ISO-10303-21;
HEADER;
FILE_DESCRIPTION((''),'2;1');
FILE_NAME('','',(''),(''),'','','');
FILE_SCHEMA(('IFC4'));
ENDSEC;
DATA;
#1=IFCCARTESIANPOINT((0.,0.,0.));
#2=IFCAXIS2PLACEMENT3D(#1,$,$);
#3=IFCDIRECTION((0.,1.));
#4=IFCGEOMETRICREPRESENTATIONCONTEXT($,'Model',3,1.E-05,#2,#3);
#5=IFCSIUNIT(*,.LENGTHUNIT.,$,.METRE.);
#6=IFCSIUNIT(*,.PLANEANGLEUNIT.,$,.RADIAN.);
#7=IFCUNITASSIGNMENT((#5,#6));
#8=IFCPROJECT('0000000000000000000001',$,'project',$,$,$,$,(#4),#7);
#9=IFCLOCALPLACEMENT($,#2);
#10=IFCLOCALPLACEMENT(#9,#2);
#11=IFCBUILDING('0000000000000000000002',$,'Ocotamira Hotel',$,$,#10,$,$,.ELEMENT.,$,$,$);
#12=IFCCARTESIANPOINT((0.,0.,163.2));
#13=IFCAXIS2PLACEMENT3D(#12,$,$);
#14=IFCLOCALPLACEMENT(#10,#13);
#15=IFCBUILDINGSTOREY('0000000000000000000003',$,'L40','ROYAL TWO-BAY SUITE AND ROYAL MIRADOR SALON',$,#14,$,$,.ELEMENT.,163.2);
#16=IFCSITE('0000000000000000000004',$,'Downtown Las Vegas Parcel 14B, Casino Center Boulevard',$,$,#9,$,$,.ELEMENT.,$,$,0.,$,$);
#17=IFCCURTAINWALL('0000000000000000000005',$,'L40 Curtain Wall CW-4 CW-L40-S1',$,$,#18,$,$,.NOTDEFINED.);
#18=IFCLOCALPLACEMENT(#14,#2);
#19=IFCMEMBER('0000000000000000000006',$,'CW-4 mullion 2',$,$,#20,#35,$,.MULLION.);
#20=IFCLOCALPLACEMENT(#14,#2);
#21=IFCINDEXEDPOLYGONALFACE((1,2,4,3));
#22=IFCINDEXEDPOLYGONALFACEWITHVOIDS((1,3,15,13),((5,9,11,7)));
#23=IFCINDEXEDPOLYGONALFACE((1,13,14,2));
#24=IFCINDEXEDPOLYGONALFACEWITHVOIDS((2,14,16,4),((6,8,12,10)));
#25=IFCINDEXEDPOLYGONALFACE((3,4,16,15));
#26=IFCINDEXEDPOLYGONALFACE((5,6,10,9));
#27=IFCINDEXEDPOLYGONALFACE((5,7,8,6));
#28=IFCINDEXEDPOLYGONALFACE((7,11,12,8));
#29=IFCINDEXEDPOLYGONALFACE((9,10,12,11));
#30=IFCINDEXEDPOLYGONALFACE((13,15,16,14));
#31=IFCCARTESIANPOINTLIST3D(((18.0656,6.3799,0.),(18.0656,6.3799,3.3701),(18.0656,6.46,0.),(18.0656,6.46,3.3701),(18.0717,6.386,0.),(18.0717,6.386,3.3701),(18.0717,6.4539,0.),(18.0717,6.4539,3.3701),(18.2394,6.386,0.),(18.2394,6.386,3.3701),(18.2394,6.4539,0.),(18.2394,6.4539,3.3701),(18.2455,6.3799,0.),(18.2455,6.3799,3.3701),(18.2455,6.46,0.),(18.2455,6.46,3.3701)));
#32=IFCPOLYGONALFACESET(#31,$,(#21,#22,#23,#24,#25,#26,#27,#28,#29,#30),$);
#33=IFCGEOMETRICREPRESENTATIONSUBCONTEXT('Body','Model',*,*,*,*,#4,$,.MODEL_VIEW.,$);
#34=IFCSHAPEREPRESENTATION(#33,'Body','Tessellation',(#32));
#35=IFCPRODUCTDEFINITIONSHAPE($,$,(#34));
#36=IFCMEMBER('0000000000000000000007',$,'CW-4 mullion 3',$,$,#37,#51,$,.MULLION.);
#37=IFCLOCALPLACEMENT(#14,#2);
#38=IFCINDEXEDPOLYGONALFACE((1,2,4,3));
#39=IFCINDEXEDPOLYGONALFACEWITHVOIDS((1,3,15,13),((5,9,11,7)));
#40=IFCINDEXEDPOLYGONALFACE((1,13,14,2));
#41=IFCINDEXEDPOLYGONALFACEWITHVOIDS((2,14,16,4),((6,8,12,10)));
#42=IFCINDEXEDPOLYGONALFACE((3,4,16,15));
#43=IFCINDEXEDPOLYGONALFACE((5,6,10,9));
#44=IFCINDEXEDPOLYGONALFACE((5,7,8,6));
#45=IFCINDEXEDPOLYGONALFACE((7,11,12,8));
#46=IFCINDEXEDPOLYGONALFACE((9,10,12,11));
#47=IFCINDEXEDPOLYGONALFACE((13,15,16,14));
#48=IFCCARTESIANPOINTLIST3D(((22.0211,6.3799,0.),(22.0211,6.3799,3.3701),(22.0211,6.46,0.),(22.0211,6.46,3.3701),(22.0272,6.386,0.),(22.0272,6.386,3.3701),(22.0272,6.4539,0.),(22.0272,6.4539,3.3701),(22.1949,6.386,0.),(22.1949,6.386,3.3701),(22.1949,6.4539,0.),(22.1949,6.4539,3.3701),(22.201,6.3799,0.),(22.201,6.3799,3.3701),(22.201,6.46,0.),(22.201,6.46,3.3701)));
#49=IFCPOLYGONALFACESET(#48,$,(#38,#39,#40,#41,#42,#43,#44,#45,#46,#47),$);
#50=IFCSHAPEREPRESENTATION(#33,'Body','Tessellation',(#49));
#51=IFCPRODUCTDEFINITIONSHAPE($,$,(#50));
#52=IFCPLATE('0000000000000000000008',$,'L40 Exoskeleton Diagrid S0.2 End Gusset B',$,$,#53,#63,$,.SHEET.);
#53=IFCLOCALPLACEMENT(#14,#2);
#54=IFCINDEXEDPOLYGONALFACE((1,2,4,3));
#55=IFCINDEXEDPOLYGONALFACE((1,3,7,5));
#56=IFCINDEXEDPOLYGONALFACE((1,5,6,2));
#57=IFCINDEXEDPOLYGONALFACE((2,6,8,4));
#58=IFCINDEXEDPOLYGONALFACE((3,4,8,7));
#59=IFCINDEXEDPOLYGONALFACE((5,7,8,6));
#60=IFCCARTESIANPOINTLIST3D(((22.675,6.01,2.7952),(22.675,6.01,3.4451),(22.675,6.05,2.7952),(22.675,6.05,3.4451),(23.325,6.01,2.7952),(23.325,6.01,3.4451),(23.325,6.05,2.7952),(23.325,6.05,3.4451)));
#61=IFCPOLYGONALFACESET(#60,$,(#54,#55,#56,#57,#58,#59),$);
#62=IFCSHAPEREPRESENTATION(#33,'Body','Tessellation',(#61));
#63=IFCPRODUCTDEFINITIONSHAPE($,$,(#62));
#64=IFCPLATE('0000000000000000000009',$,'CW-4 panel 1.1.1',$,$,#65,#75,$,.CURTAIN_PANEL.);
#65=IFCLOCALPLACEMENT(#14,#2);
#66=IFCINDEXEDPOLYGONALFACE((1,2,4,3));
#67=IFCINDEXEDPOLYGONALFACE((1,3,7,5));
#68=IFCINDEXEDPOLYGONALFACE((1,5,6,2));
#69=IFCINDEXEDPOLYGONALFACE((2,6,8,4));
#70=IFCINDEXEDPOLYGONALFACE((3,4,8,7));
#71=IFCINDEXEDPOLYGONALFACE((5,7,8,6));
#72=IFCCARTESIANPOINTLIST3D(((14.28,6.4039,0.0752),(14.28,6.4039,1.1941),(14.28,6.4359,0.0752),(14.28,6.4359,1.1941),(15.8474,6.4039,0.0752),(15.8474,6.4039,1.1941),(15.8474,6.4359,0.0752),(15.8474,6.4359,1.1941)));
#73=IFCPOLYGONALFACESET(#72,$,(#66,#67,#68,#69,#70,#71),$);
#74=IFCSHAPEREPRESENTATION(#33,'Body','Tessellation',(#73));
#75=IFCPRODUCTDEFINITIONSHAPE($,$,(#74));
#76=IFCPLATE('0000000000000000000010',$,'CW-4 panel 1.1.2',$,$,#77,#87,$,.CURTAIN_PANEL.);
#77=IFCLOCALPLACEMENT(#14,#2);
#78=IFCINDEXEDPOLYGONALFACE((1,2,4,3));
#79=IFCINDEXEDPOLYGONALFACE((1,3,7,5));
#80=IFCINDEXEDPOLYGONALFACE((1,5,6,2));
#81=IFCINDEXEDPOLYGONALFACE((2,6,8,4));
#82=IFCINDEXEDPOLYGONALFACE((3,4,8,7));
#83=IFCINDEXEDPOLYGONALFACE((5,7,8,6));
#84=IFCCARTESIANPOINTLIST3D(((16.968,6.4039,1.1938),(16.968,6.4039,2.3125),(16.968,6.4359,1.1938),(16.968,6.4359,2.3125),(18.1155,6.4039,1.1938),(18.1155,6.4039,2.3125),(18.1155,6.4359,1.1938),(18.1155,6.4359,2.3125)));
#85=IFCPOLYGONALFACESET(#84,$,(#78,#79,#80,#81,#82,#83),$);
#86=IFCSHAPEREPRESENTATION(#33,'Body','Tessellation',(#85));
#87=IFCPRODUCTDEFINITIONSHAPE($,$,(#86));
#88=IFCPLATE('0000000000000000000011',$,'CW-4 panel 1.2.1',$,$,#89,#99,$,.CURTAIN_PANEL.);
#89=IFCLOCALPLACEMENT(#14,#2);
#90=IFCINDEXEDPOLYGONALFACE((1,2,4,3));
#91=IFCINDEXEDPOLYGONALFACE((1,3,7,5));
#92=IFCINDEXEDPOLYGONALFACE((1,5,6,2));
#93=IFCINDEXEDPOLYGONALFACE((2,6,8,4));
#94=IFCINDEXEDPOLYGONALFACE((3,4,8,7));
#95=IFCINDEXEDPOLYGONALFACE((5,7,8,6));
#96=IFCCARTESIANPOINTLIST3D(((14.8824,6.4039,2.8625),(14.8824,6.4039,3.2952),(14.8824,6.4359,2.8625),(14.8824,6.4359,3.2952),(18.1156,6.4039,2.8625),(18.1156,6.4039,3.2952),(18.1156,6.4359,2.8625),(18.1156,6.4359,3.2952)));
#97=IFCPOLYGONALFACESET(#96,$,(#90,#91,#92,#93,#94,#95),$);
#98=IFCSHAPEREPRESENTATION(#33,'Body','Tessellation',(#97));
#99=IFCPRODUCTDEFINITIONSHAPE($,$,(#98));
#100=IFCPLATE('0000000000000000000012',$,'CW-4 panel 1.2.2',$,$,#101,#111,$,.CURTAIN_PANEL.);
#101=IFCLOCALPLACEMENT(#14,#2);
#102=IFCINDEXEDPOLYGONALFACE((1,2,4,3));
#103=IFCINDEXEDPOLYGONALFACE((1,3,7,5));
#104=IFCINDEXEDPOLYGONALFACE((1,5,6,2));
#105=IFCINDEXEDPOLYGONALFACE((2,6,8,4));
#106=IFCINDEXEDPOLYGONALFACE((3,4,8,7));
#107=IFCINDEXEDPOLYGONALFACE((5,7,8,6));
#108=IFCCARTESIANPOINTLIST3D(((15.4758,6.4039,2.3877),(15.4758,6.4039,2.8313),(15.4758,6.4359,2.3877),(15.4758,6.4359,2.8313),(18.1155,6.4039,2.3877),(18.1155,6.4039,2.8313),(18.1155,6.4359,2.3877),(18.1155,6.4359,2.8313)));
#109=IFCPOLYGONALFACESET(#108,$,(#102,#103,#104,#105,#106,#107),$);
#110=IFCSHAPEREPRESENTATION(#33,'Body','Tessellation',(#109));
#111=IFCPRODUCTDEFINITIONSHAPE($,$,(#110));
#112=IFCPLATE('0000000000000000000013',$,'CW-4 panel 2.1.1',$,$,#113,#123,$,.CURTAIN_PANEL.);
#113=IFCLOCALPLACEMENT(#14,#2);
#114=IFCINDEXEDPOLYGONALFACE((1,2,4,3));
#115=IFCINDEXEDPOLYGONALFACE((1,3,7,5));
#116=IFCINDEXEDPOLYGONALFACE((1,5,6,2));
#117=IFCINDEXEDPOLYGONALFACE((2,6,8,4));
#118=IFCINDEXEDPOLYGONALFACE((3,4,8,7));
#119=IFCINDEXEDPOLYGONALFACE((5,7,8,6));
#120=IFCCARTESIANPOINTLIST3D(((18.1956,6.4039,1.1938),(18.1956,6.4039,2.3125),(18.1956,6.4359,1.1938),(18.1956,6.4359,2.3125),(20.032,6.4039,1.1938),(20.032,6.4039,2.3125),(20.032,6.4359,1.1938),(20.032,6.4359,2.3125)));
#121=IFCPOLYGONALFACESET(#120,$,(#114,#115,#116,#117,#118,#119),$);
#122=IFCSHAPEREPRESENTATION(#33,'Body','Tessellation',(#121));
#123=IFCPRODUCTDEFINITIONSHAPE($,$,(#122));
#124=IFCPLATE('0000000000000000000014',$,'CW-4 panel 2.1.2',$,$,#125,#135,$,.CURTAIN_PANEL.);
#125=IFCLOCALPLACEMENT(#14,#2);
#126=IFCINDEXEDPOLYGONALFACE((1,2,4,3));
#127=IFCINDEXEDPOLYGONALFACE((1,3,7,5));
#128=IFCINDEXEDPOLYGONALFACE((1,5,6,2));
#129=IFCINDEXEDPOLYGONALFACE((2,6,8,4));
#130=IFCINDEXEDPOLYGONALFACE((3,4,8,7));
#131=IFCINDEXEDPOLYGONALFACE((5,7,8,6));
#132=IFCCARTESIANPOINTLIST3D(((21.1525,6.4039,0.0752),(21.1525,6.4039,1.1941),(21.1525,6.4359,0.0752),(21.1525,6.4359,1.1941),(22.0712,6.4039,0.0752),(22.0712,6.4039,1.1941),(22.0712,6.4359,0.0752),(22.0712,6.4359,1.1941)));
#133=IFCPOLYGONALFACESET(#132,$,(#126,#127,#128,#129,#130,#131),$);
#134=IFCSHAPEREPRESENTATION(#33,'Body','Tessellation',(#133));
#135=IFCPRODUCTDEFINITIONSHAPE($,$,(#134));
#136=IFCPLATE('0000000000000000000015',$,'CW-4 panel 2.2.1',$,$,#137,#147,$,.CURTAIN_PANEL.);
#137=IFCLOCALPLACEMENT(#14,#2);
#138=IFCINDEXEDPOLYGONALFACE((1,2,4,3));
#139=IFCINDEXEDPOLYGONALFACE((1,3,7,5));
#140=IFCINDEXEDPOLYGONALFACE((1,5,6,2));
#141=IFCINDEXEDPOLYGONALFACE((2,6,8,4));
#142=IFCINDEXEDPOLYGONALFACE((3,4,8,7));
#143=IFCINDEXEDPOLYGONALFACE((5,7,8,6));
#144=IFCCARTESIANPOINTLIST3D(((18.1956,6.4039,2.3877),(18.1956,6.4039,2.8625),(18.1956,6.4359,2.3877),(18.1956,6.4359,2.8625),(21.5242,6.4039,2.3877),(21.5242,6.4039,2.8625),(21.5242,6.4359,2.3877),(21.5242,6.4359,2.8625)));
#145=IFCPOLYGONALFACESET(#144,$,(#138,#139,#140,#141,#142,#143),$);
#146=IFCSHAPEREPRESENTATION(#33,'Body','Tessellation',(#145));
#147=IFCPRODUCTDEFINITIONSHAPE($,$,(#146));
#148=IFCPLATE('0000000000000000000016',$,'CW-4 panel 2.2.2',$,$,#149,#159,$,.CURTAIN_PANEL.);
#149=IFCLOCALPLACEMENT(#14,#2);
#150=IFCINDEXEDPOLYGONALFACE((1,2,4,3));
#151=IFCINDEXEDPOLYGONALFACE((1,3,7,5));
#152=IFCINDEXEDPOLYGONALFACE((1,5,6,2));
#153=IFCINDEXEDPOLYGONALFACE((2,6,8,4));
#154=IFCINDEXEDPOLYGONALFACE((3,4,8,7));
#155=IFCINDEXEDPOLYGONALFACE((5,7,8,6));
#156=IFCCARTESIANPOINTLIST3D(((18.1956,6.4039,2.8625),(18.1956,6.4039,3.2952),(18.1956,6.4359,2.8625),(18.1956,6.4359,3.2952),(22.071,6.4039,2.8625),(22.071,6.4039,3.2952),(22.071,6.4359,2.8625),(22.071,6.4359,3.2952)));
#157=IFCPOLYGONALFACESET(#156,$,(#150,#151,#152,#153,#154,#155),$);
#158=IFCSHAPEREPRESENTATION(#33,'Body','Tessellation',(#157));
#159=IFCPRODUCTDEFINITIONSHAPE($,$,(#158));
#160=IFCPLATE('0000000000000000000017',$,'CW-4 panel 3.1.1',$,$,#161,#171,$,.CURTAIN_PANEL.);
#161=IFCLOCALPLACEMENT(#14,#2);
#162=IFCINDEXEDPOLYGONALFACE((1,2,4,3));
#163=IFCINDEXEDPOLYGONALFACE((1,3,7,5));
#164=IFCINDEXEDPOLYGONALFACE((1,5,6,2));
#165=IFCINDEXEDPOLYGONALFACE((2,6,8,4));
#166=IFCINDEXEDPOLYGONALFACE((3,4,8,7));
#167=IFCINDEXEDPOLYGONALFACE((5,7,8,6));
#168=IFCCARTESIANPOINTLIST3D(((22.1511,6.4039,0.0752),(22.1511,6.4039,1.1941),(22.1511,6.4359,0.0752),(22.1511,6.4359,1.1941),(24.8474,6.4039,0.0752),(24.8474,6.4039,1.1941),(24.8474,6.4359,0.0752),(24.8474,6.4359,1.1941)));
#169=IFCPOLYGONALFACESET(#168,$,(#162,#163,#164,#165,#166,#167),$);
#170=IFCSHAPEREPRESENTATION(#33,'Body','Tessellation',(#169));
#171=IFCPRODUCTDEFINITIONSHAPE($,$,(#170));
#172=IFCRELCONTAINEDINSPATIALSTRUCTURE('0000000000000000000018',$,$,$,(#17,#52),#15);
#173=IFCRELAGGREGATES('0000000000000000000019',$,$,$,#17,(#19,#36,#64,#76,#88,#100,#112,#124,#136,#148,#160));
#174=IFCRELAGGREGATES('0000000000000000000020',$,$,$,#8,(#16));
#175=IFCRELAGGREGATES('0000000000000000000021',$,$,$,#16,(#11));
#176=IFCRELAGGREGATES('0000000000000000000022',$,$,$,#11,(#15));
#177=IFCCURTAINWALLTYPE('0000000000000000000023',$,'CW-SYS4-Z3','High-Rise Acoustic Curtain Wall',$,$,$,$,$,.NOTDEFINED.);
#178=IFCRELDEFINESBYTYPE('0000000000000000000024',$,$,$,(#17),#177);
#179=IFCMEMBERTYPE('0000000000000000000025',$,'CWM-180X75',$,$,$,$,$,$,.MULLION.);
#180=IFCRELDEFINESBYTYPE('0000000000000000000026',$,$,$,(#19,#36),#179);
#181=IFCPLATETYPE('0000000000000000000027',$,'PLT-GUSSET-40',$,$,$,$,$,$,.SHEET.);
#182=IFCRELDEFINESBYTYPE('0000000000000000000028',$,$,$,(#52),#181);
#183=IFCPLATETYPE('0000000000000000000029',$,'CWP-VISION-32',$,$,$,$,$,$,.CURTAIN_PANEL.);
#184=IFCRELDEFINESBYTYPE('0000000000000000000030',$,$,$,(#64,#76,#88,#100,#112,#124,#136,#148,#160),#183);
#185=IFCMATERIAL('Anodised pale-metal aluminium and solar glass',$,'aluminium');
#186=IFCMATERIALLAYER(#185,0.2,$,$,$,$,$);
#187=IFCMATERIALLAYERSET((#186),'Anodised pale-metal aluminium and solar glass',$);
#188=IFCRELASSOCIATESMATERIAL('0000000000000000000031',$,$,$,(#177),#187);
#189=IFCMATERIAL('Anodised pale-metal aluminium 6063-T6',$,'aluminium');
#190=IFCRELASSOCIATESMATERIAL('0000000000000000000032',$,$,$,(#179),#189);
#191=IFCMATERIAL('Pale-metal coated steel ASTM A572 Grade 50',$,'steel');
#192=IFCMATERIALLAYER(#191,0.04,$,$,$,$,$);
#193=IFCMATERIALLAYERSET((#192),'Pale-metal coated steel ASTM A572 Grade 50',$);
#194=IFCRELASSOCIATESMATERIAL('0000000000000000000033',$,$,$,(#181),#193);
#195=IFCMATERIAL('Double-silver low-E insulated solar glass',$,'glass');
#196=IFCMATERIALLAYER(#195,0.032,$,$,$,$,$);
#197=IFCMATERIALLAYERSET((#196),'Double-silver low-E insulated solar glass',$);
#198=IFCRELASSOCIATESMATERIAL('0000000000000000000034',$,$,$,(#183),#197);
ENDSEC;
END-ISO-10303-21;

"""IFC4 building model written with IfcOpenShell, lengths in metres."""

from ifc_helpers import new_model, si_unit, direction, frame, origin, origin_2d, place, context, subcontext, project, spatial, rectangle, hollow_rectangle, extrude, source, transform, mapped, material, layer, layer_set, material_profile, profile_set, type_object, element, aggregate, save


model = new_model("IFC4")

# Units and contexts
model_context = context("Model", 3, precision=1e-05, world=origin(), true_north=direction((0.0, 1.0)))
body_context = subcontext(model_context, "Body", "Model", "MODEL_VIEW")
ifc_project = project(units=[si_unit("LENGTHUNIT", "METRE"), si_unit("PLANEANGLEUNIT", "RADIAN")], contexts=[model_context])

# Site, building, storey
site_placement = place(None, origin())
site = spatial("IfcSite", under=ifc_project, at=site_placement, Name="Downtown Las Vegas Parcel 14B, Casino Center Boulevard", CompositionType="ELEMENT", RefElevation=0.0)
building_placement = place(site_placement, origin())
building = spatial("IfcBuilding", under=site, at=building_placement, Name="Ocotamira Hotel", CompositionType="ELEMENT")
storey_placement = place(building_placement, frame((0.0, 0.0, 163.2)))
storey = spatial("IfcBuildingStorey", under=building, at=storey_placement, Name="L40", Description="ROYAL TWO-BAY SUITE AND ROYAL MIRADOR SALON", CompositionType="ELEMENT", Elevation=163.2)

# Curtain wall, members
ifc_material_1 = material(Name="Anodised pale-metal aluminium and solar glass", Category="aluminium")
ifc_layer_1 = layer(ifc_material_1, 0.2)
ifc_layer_set_1 = layer_set([ifc_layer_1], Name="Anodised pale-metal aluminium and solar glass")
curtain_wall_type = type_object("IfcCurtainWallType", Name="CW-SYS4-Z3", Description="High-Rise Acoustic Curtain Wall", PredefinedType="NOTDEFINED", material=ifc_layer_set_1)
curtain_wall_placement = place(storey_placement, origin())
curtain_wall = element("IfcCurtainWall", 1, at=curtain_wall_placement, inside=storey, type_object=curtain_wall_type, Name="L40 Curtain Wall CW-4 CW-L40-S1", PredefinedType="NOTDEFINED")
ifc_material_2 = material(Name="Anodised pale-metal aluminium 6063-T6", Category="aluminium")
ifc_material_profile_1 = material_profile(ifc_material_2, hollow_rectangle(XDim=0.0801, YDim=0.1799, WallThickness=0.0061, at=origin_2d()), Name="HSS180X80X6")
ifc_profile_set_1 = profile_set([ifc_material_profile_1], Name="Anodised pale-metal aluminium 6063-T6")
member_type_1 = type_object("IfcMemberType", Name="CWM-180X75", PredefinedType="MULLION", material=ifc_profile_set_1)
shared_shape_1 = source(origin(), body_context, "Body", "SweptSolid", [
    extrude(hollow_rectangle(XDim=0.0801, YDim=0.1799, WallThickness=0.0061, at=origin_2d()), origin(), (0.0, 0.0, 1.0), 3.3701),
])
member_1_placement = place(storey_placement, frame((18.1555, 6.4199, 0.0), z_axis=(0.0, 0.0, 1.0), x_axis=(0.0, 1.0, 0.0)))
member_1 = element("IfcMember", 2, at=member_1_placement, type_object=member_type_1, Name="CW-4 mullion 2", PredefinedType="MULLION", context=body_context, shape_type="MappedRepresentation", body=[
    mapped(shared_shape_1, transform((0.0, 0.0, 0.0), scale=1.0)),
])
member_2_placement = place(storey_placement, frame((22.1111, 6.4199, 0.0), z_axis=(0.0, 0.0, 1.0), x_axis=(0.0, 1.0, 0.0)))
member_2 = element("IfcMember", 3, at=member_2_placement, type_object=member_type_1, Name="CW-4 mullion 3", PredefinedType="MULLION", context=body_context, shape_type="MappedRepresentation", body=[
    mapped(shared_shape_1, transform((0.0, 0.0, 0.0), scale=1.0)),
])

# Plates
ifc_material_3 = material(Name="Pale-metal coated steel ASTM A572 Grade 50", Category="steel")
ifc_layer_2 = layer(ifc_material_3, 0.04)
ifc_layer_set_2 = layer_set([ifc_layer_2], Name="Pale-metal coated steel ASTM A572 Grade 50")
plate_type_1 = type_object("IfcPlateType", Name="PLT-GUSSET-40", PredefinedType="SHEET", material=ifc_layer_set_2)
shared_shape_2 = source(origin(), body_context, "Body", "SweptSolid", [
    extrude(rectangle(XDim=0.6499, YDim=0.04, at=origin_2d()), origin(), (0.0, 0.0, 1.0), 0.6499),
])
plate_1_placement = place(storey_placement, frame((23.0, 6.03, 2.7952), z_axis=(0.0, 0.0, 1.0), x_axis=(1.0, 0.0, 0.0)))
element("IfcPlate", 4, at=plate_1_placement, inside=storey, type_object=plate_type_1, Name="L40 Exoskeleton Diagrid S0.2 End Gusset B", PredefinedType="SHEET", context=body_context, shape_type="MappedRepresentation", body=[
    mapped(shared_shape_2, transform((0.0, 0.0, 0.0), scale=1.0)),
])
ifc_material_4 = material(Name="Double-silver low-E insulated solar glass", Category="glass")
ifc_layer_3 = layer(ifc_material_4, 0.032)
ifc_layer_set_3 = layer_set([ifc_layer_3], Name="Double-silver low-E insulated solar glass")
plate_type_2 = type_object("IfcPlateType", Name="CWP-VISION-32", PredefinedType="CURTAIN_PANEL", material=ifc_layer_set_3)
shared_shape_3 = source(origin(), body_context, "Body", "SweptSolid", [
    extrude(rectangle(XDim=1.5674, YDim=0.032, at=origin_2d()), origin(), (0.0, 0.0, 1.0), 1.1189),
])
plate_2_placement = place(storey_placement, frame((15.0637, 6.4199, 0.0752), z_axis=(0.0, 0.0, 1.0), x_axis=(1.0, 0.0, 0.0)))
plate_2 = element("IfcPlate", 5, at=plate_2_placement, type_object=plate_type_2, Name="CW-4 panel 1.1.1", PredefinedType="CURTAIN_PANEL", context=body_context, shape_type="MappedRepresentation", body=[
    mapped(shared_shape_3, transform((0.0, 0.0, 0.0), scale=1.0)),
])
shared_shape_4 = source(origin(), body_context, "Body", "SweptSolid", [
    extrude(rectangle(XDim=1.1475, YDim=0.032, at=origin_2d()), origin(), (0.0, 0.0, 1.0), 1.1187),
])
plate_3_placement = place(storey_placement, frame((17.5417, 6.4199, 1.1938), z_axis=(0.0, 0.0, 1.0), x_axis=(1.0, 0.0, 0.0)))
plate_3 = element("IfcPlate", 6, at=plate_3_placement, type_object=plate_type_2, Name="CW-4 panel 1.1.2", PredefinedType="CURTAIN_PANEL", context=body_context, shape_type="MappedRepresentation", body=[
    mapped(shared_shape_4, transform((0.0, 0.0, 0.0), scale=1.0)),
])
shared_shape_5 = source(origin(), body_context, "Body", "SweptSolid", [
    extrude(rectangle(XDim=3.2332, YDim=0.032, at=origin_2d()), origin(), (0.0, 0.0, 1.0), 0.4326),
])
plate_4_placement = place(storey_placement, frame((16.499, 6.4199, 2.8625), z_axis=(0.0, 0.0, 1.0), x_axis=(1.0, 0.0, 0.0)))
plate_4 = element("IfcPlate", 7, at=plate_4_placement, type_object=plate_type_2, Name="CW-4 panel 1.2.1", PredefinedType="CURTAIN_PANEL", context=body_context, shape_type="MappedRepresentation", body=[
    mapped(shared_shape_5, transform((0.0, 0.0, 0.0), scale=1.0)),
])
shared_shape_6 = source(origin(), body_context, "Body", "SweptSolid", [
    extrude(rectangle(XDim=2.6396, YDim=0.032, at=origin_2d()), origin(), (0.0, 0.0, 1.0), 0.4436),
])
plate_5_placement = place(storey_placement, frame((16.7957, 6.4199, 2.3877), z_axis=(0.0, 0.0, 1.0), x_axis=(1.0, 0.0, 0.0)))
plate_5 = element("IfcPlate", 8, at=plate_5_placement, type_object=plate_type_2, Name="CW-4 panel 1.2.2", PredefinedType="CURTAIN_PANEL", context=body_context, shape_type="MappedRepresentation", body=[
    mapped(shared_shape_6, transform((0.0, 0.0, 0.0), scale=1.0)),
])
shared_shape_7 = source(origin(), body_context, "Body", "SweptSolid", [
    extrude(rectangle(XDim=1.8364, YDim=0.032, at=origin_2d()), origin(), (0.0, 0.0, 1.0), 1.1187),
])
plate_6_placement = place(storey_placement, frame((19.1138, 6.4199, 1.1938), z_axis=(0.0, 0.0, 1.0), x_axis=(1.0, 0.0, 0.0)))
plate_6 = element("IfcPlate", 9, at=plate_6_placement, type_object=plate_type_2, Name="CW-4 panel 2.1.1", PredefinedType="CURTAIN_PANEL", context=body_context, shape_type="MappedRepresentation", body=[
    mapped(shared_shape_7, transform((0.0, 0.0, 0.0), scale=1.0)),
])
shared_shape_8 = source(origin(), body_context, "Body", "SweptSolid", [
    extrude(rectangle(XDim=0.9187, YDim=0.032, at=origin_2d()), origin(), (0.0, 0.0, 1.0), 1.1189),
])
plate_7_placement = place(storey_placement, frame((21.6118, 6.4199, 0.0752), z_axis=(0.0, 0.0, 1.0), x_axis=(1.0, 0.0, 0.0)))
plate_7 = element("IfcPlate", 10, at=plate_7_placement, type_object=plate_type_2, Name="CW-4 panel 2.1.2", PredefinedType="CURTAIN_PANEL", context=body_context, shape_type="MappedRepresentation", body=[
    mapped(shared_shape_8, transform((0.0, 0.0, 0.0), scale=1.0)),
])
shared_shape_9 = source(origin(), body_context, "Body", "SweptSolid", [
    extrude(rectangle(XDim=3.3286, YDim=0.032, at=origin_2d()), origin(), (0.0, 0.0, 1.0), 0.4749),
])
plate_8_placement = place(storey_placement, frame((19.8599, 6.4199, 2.3877), z_axis=(0.0, 0.0, 1.0), x_axis=(1.0, 0.0, 0.0)))
plate_8 = element("IfcPlate", 11, at=plate_8_placement, type_object=plate_type_2, Name="CW-4 panel 2.2.1", PredefinedType="CURTAIN_PANEL", context=body_context, shape_type="MappedRepresentation", body=[
    mapped(shared_shape_9, transform((0.0, 0.0, 0.0), scale=1.0)),
])
shared_shape_10 = source(origin(), body_context, "Body", "SweptSolid", [
    extrude(rectangle(XDim=3.8755, YDim=0.032, at=origin_2d()), origin(), (0.0, 0.0, 1.0), 0.4326),
])
plate_9_placement = place(storey_placement, frame((20.1333, 6.4199, 2.8625), z_axis=(0.0, 0.0, 1.0), x_axis=(1.0, 0.0, 0.0)))
plate_9 = element("IfcPlate", 12, at=plate_9_placement, type_object=plate_type_2, Name="CW-4 panel 2.2.2", PredefinedType="CURTAIN_PANEL", context=body_context, shape_type="MappedRepresentation", body=[
    mapped(shared_shape_10, transform((0.0, 0.0, 0.0), scale=1.0)),
])
shared_shape_11 = source(origin(), body_context, "Body", "SweptSolid", [
    extrude(rectangle(XDim=2.6963, YDim=0.032, at=origin_2d()), origin(), (0.0, 0.0, 1.0), 1.1189),
])
plate_10_placement = place(storey_placement, frame((23.4993, 6.4199, 0.0752), z_axis=(0.0, 0.0, 1.0), x_axis=(1.0, 0.0, 0.0)))
plate_10 = element("IfcPlate", 13, at=plate_10_placement, type_object=plate_type_2, Name="CW-4 panel 3.1.1", PredefinedType="CURTAIN_PANEL", context=body_context, shape_type="MappedRepresentation", body=[
    mapped(shared_shape_11, transform((0.0, 0.0, 0.0), scale=1.0)),
])
aggregate(curtain_wall, [member_1, member_2, plate_2, plate_3, plate_4, plate_5, plate_6, plate_7, plate_8, plate_9, plate_10])

save(model, "model.ifc")
